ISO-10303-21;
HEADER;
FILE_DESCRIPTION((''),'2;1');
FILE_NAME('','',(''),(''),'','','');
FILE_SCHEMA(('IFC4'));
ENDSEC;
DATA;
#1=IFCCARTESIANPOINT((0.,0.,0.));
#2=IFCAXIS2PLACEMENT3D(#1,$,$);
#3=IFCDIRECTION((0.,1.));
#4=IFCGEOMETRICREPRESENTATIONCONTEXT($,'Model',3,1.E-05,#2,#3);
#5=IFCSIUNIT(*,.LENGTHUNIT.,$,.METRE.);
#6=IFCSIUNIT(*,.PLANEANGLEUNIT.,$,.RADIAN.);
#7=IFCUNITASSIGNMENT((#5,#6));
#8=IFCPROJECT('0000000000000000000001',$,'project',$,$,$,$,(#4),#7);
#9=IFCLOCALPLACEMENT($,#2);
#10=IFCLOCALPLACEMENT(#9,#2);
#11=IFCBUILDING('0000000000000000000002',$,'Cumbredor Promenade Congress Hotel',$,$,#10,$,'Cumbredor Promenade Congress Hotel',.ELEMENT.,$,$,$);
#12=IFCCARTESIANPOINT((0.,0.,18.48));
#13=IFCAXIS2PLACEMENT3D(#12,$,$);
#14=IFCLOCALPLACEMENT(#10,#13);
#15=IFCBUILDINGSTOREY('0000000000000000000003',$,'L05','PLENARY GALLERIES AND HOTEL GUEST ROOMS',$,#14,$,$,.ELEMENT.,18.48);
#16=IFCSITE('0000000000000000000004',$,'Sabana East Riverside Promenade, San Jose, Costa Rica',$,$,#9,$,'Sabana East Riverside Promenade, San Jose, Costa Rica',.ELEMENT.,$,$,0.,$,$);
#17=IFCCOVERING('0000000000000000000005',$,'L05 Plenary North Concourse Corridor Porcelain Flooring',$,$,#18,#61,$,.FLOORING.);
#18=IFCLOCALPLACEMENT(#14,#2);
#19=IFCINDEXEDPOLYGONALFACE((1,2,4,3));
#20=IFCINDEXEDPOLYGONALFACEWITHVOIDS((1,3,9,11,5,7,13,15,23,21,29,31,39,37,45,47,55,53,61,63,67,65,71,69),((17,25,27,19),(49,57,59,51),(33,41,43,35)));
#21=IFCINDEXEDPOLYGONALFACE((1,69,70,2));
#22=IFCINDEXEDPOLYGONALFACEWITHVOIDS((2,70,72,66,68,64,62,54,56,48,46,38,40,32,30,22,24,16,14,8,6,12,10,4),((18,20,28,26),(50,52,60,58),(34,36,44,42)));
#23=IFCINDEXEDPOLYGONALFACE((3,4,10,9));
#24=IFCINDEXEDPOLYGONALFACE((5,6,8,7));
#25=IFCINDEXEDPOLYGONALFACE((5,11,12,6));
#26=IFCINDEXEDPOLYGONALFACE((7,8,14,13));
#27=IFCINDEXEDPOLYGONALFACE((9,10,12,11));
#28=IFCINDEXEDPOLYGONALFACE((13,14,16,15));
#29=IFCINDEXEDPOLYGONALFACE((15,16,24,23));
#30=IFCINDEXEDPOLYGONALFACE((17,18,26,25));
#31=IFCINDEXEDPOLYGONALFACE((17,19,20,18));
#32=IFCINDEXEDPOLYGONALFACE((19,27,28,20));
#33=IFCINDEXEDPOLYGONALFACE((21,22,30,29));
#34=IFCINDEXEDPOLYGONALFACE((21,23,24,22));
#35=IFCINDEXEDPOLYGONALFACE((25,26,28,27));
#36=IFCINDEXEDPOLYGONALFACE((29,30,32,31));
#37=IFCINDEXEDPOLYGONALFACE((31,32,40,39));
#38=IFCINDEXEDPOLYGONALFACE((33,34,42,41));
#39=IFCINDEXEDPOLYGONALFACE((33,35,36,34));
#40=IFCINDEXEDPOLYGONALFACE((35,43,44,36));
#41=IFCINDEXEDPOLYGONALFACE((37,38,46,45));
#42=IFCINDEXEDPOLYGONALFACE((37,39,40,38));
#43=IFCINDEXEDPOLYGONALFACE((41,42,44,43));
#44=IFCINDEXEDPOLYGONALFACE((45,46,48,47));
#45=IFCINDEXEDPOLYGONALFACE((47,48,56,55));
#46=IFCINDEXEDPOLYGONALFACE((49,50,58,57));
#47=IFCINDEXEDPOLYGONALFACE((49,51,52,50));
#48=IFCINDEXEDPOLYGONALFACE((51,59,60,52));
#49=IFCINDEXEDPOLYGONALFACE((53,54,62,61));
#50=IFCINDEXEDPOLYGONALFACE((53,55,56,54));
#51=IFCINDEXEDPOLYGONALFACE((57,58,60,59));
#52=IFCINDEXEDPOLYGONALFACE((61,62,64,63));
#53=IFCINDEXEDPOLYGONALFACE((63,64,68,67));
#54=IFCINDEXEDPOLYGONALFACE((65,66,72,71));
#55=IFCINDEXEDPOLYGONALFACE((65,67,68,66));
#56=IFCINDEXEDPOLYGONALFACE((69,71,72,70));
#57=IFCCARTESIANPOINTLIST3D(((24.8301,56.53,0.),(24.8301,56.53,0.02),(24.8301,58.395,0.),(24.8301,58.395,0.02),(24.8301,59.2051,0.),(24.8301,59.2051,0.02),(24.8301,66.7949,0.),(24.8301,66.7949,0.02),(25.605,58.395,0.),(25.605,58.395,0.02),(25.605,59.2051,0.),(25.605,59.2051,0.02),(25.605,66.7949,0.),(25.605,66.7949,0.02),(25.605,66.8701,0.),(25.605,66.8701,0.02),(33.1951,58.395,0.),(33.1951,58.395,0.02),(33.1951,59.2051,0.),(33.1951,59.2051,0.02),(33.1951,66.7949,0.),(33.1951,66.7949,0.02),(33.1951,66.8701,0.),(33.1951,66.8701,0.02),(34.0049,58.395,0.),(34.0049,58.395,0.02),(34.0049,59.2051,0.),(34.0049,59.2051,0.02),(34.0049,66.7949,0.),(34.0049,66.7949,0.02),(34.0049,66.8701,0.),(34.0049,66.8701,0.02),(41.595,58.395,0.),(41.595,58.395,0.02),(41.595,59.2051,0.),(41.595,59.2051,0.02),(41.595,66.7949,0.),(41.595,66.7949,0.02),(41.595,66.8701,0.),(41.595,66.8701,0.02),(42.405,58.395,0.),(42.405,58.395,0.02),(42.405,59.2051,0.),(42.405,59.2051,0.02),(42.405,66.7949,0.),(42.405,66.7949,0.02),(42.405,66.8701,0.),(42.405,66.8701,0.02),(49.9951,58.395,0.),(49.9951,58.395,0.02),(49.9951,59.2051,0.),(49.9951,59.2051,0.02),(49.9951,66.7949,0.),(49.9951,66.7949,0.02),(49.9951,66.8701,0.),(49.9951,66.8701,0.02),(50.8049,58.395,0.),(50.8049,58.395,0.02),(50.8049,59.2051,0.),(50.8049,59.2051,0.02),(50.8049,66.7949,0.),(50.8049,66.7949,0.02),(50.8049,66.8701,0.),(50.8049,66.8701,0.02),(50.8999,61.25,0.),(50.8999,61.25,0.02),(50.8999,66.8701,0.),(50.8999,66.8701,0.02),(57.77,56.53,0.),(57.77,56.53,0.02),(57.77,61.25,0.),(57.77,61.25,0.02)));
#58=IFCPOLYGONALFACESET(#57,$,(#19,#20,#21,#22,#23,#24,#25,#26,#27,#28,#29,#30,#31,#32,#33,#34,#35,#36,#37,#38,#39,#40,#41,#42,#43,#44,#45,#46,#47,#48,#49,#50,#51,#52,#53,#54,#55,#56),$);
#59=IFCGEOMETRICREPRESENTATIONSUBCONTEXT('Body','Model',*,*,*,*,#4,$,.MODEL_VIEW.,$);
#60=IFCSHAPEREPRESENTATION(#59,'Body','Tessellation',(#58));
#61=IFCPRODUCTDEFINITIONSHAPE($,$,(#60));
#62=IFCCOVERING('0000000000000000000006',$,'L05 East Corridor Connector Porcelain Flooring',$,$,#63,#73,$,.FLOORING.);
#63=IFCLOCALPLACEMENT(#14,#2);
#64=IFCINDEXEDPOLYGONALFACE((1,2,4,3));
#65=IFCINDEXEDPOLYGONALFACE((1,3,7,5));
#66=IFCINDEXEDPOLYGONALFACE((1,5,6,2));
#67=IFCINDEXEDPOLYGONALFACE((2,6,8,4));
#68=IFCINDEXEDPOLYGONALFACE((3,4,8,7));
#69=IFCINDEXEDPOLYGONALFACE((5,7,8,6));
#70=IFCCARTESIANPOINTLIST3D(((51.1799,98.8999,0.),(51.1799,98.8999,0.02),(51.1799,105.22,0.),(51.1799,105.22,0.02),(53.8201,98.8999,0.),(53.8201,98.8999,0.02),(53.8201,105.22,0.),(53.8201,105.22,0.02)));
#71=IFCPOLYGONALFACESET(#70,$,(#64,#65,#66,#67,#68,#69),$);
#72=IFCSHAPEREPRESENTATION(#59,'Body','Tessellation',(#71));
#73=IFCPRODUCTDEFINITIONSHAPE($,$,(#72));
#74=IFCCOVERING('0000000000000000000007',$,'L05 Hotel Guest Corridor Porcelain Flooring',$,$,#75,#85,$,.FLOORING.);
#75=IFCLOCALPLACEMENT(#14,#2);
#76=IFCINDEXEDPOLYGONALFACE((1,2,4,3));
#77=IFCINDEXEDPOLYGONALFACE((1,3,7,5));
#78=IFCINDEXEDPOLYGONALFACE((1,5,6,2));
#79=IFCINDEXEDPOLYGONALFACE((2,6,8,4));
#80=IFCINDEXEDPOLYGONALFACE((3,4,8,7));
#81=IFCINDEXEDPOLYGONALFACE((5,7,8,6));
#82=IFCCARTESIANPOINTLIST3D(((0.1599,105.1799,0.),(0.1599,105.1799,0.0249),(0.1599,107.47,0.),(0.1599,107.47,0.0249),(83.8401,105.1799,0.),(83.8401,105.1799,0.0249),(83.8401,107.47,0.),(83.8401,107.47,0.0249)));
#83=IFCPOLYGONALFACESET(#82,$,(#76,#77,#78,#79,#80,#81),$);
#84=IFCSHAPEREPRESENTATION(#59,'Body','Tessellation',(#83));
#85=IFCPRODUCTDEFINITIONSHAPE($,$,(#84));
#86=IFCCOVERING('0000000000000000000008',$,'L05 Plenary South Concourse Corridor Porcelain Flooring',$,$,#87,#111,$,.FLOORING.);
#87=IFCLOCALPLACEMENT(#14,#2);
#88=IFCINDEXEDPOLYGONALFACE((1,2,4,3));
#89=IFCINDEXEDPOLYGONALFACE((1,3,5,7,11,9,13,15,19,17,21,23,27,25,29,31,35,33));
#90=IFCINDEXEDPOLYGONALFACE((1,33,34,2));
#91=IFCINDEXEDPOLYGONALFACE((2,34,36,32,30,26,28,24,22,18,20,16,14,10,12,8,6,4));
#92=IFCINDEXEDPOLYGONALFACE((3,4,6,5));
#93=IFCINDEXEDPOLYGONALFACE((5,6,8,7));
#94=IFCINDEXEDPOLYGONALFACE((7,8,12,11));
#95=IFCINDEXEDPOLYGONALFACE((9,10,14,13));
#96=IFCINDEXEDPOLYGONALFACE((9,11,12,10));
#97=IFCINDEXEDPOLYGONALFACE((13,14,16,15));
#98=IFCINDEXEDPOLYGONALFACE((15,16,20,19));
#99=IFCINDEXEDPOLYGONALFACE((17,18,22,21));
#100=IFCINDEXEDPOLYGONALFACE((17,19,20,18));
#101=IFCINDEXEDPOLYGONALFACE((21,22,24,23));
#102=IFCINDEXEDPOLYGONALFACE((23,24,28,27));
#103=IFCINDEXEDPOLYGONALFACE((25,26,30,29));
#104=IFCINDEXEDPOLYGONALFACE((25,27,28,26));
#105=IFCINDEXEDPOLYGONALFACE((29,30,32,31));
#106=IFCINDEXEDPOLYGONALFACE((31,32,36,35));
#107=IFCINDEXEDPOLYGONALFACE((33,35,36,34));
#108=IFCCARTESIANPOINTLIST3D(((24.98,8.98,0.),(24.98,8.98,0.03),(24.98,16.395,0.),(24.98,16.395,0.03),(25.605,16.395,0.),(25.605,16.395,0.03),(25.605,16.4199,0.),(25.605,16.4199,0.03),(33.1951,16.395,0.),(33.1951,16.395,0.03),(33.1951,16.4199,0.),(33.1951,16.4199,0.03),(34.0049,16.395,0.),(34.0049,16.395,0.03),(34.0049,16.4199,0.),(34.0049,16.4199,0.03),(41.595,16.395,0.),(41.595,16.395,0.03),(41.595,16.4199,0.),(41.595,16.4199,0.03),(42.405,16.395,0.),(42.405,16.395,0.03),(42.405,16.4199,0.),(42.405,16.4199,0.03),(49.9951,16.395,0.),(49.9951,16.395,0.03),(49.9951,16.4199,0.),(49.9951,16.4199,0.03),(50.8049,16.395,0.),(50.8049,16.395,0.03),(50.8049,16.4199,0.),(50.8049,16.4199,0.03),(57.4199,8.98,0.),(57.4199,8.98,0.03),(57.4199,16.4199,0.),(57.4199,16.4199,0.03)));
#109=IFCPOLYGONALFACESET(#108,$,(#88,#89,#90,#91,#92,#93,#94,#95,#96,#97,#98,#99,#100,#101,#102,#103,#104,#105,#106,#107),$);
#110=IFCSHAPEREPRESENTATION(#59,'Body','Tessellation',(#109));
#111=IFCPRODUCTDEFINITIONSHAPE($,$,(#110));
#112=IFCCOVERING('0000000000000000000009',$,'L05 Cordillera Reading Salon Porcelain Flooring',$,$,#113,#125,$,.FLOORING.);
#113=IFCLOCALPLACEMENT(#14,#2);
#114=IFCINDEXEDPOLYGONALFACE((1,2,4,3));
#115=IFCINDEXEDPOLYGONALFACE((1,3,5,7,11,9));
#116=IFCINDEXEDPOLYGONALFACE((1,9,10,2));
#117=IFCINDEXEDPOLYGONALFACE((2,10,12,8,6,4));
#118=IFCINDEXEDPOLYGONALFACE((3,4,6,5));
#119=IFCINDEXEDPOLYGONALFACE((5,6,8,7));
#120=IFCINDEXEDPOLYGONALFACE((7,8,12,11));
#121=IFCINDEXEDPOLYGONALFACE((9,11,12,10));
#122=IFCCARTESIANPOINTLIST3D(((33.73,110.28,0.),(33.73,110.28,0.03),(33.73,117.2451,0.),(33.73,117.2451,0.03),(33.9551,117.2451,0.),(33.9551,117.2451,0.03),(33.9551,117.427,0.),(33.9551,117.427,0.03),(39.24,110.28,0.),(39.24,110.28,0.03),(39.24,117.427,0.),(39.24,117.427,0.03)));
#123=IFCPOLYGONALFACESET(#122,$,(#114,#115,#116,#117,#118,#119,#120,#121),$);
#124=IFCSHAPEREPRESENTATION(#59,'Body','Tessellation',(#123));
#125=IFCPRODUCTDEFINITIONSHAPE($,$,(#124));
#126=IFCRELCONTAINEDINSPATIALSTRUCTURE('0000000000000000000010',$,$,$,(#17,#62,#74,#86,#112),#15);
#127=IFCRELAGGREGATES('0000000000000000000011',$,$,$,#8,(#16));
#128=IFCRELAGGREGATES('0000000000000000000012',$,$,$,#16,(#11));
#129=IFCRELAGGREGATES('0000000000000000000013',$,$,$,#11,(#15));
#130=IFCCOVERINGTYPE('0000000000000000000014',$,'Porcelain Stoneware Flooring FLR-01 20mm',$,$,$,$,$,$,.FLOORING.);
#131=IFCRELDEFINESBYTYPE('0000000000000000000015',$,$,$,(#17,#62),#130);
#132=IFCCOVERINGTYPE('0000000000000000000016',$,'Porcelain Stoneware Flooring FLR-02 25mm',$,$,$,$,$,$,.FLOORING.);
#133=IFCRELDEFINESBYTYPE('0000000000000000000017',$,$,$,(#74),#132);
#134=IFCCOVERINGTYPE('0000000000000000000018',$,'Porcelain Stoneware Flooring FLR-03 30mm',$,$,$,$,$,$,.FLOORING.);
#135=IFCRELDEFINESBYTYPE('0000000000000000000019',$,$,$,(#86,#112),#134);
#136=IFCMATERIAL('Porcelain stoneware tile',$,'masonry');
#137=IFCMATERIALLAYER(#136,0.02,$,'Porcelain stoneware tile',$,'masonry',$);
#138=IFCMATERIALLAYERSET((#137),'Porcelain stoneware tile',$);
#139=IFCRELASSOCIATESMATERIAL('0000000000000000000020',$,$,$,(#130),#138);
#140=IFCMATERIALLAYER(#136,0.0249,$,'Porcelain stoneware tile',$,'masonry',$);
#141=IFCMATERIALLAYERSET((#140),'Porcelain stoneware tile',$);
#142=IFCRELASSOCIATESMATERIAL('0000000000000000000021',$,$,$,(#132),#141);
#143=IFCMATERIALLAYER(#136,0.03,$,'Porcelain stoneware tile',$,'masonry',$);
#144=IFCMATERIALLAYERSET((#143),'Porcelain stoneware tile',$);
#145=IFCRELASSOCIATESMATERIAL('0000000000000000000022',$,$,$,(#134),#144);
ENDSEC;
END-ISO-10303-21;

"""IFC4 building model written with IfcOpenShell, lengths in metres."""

from ifc_helpers import new_model, si_unit, direction, frame, origin, place, context, subcontext, project, spatial, polyline, outline, extrude, material, layer, layer_set, type_object, element, save


model = new_model("IFC4")

# Units and contexts
model_context = context("Model", 3, precision=1e-05, world=origin(), true_north=direction((0.0, 1.0)))
body_context = subcontext(model_context, "Body", "Model", "MODEL_VIEW")
ifc_project = project(units=[si_unit("LENGTHUNIT", "METRE"), si_unit("PLANEANGLEUNIT", "RADIAN")], contexts=[model_context])

# Site, building, storey
site_placement = place(None, origin())
site = spatial("IfcSite", under=ifc_project, at=site_placement, Name="Sabana East Riverside Promenade, San Jose, Costa Rica", LongName="Sabana East Riverside Promenade, San Jose, Costa Rica", CompositionType="ELEMENT", RefElevation=0.0)
building_placement = place(site_placement, origin())
building = spatial("IfcBuilding", under=site, at=building_placement, Name="Cumbredor Promenade Congress Hotel", LongName="Cumbredor Promenade Congress Hotel", CompositionType="ELEMENT")
storey_placement = place(building_placement, frame((0.0, 0.0, 18.48)))
storey = spatial("IfcBuildingStorey", under=building, at=storey_placement, Name="L05", Description="PLENARY GALLERIES AND HOTEL GUEST ROOMS", CompositionType="ELEMENT", Elevation=18.48)

# Coverings
ifc_material_1 = material(Name="Porcelain stoneware tile", Category="masonry")
ifc_layer_1 = layer(ifc_material_1, 0.02, Name="Porcelain stoneware tile", Category="masonry")
ifc_layer_set_1 = layer_set([ifc_layer_1], Name="Porcelain stoneware tile")
covering_type_1 = type_object("IfcCoveringType", Name="Porcelain Stoneware Flooring FLR-01 20mm", PredefinedType="FLOORING", material=ifc_layer_set_1)
covering_1_placement = place(storey_placement, origin())
element("IfcCovering", 1, at=covering_1_placement, inside=storey, type_object=covering_type_1, Name="L05 Plenary North Concourse Corridor Porcelain Flooring", PredefinedType="FLOORING", context=body_context, shape_type="SweptSolid", body=[
    extrude(outline(polyline([(33.1951, 66.8701), (33.1951, 66.7949), (34.0049, 66.7949), (34.0049, 66.8701), (41.595, 66.8701), (41.595, 66.7949), (42.405, 66.7949), (42.405, 66.8701), (49.9951, 66.8701), (49.9951, 66.7949), (50.8049, 66.7949), (50.8049, 66.8701), (50.8999, 66.8701), (50.8999, 61.25), (57.77, 61.25), (57.77, 56.53), (24.8301, 56.53), (24.8301, 58.395), (25.605, 58.395), (25.605, 59.2051), (24.8301, 59.2051), (24.8301, 66.7949), (25.605, 66.7949), (25.605, 66.8701), (33.1951, 66.8701)]), holes=[polyline([(33.1951, 59.2051), (33.1951, 58.395), (34.0049, 58.395), (34.0049, 59.2051), (33.1951, 59.2051)]), polyline([(42.405, 58.395), (42.405, 59.2051), (41.595, 59.2051), (41.595, 58.395), (42.405, 58.395)]), polyline([(49.9951, 59.2051), (49.9951, 58.395), (50.8049, 58.395), (50.8049, 59.2051), (49.9951, 59.2051)])]), origin(), (0.0, 0.0, 1.0), 0.02),
])
covering_2_placement = place(storey_placement, origin())
element("IfcCovering", 2, at=covering_2_placement, inside=storey, type_object=covering_type_1, Name="L05 East Corridor Connector Porcelain Flooring", PredefinedType="FLOORING", context=body_context, shape_type="SweptSolid", body=[
    extrude(outline(polyline([(51.1799, 98.8999), (51.1799, 105.22), (53.8201, 105.22), (53.8201, 98.8999), (51.1799, 98.8999)])), origin(), (0.0, 0.0, 1.0), 0.02),
])
ifc_layer_2 = layer(ifc_material_1, 0.0249, Name="Porcelain stoneware tile", Category="masonry")
ifc_layer_set_2 = layer_set([ifc_layer_2], Name="Porcelain stoneware tile")
covering_type_2 = type_object("IfcCoveringType", Name="Porcelain Stoneware Flooring FLR-02 25mm", PredefinedType="FLOORING", material=ifc_layer_set_2)
covering_3_placement = place(storey_placement, origin())
element("IfcCovering", 3, at=covering_3_placement, inside=storey, type_object=covering_type_2, Name="L05 Hotel Guest Corridor Porcelain Flooring", PredefinedType="FLOORING", context=body_context, shape_type="SweptSolid", body=[
    extrude(outline(polyline([(0.1599, 105.1799), (0.1599, 107.47), (83.8401, 107.47), (83.8401, 105.1799), (0.1599, 105.1799)])), origin(), (0.0, 0.0, 1.0), 0.0249),
])
ifc_layer_3 = layer(ifc_material_1, 0.03, Name="Porcelain stoneware tile", Category="masonry")
ifc_layer_set_3 = layer_set([ifc_layer_3], Name="Porcelain stoneware tile")
covering_type_3 = type_object("IfcCoveringType", Name="Porcelain Stoneware Flooring FLR-03 30mm", PredefinedType="FLOORING", material=ifc_layer_set_3)
covering_4_placement = place(storey_placement, origin())
element("IfcCovering", 4, at=covering_4_placement, inside=storey, type_object=covering_type_3, Name="L05 Plenary South Concourse Corridor Porcelain Flooring", PredefinedType="FLOORING", context=body_context, shape_type="SweptSolid", body=[
    extrude(outline(polyline([(33.1951, 16.4199), (33.1951, 16.395), (34.0049, 16.395), (34.0049, 16.4199), (41.595, 16.4199), (41.595, 16.395), (42.405, 16.395), (42.405, 16.4199), (49.9951, 16.4199), (49.9951, 16.395), (50.8049, 16.395), (50.8049, 16.4199), (57.4199, 16.4199), (57.4199, 8.98), (24.98, 8.98), (24.98, 16.395), (25.605, 16.395), (25.605, 16.4199), (33.1951, 16.4199)])), origin(), (0.0, 0.0, 1.0), 0.03),
])
covering_5_placement = place(storey_placement, origin())
element("IfcCovering", 5, at=covering_5_placement, inside=storey, type_object=covering_type_3, Name="L05 Cordillera Reading Salon Porcelain Flooring", PredefinedType="FLOORING", context=body_context, shape_type="SweptSolid", body=[
    extrude(outline(polyline([(33.73, 117.2451), (33.9551, 117.2451), (33.9551, 117.427), (39.24, 117.427), (39.24, 110.28), (33.73, 110.28), (33.73, 117.2451)])), origin(), (0.0, 0.0, 1.0), 0.03),
])

save(model, "model.ifc")
